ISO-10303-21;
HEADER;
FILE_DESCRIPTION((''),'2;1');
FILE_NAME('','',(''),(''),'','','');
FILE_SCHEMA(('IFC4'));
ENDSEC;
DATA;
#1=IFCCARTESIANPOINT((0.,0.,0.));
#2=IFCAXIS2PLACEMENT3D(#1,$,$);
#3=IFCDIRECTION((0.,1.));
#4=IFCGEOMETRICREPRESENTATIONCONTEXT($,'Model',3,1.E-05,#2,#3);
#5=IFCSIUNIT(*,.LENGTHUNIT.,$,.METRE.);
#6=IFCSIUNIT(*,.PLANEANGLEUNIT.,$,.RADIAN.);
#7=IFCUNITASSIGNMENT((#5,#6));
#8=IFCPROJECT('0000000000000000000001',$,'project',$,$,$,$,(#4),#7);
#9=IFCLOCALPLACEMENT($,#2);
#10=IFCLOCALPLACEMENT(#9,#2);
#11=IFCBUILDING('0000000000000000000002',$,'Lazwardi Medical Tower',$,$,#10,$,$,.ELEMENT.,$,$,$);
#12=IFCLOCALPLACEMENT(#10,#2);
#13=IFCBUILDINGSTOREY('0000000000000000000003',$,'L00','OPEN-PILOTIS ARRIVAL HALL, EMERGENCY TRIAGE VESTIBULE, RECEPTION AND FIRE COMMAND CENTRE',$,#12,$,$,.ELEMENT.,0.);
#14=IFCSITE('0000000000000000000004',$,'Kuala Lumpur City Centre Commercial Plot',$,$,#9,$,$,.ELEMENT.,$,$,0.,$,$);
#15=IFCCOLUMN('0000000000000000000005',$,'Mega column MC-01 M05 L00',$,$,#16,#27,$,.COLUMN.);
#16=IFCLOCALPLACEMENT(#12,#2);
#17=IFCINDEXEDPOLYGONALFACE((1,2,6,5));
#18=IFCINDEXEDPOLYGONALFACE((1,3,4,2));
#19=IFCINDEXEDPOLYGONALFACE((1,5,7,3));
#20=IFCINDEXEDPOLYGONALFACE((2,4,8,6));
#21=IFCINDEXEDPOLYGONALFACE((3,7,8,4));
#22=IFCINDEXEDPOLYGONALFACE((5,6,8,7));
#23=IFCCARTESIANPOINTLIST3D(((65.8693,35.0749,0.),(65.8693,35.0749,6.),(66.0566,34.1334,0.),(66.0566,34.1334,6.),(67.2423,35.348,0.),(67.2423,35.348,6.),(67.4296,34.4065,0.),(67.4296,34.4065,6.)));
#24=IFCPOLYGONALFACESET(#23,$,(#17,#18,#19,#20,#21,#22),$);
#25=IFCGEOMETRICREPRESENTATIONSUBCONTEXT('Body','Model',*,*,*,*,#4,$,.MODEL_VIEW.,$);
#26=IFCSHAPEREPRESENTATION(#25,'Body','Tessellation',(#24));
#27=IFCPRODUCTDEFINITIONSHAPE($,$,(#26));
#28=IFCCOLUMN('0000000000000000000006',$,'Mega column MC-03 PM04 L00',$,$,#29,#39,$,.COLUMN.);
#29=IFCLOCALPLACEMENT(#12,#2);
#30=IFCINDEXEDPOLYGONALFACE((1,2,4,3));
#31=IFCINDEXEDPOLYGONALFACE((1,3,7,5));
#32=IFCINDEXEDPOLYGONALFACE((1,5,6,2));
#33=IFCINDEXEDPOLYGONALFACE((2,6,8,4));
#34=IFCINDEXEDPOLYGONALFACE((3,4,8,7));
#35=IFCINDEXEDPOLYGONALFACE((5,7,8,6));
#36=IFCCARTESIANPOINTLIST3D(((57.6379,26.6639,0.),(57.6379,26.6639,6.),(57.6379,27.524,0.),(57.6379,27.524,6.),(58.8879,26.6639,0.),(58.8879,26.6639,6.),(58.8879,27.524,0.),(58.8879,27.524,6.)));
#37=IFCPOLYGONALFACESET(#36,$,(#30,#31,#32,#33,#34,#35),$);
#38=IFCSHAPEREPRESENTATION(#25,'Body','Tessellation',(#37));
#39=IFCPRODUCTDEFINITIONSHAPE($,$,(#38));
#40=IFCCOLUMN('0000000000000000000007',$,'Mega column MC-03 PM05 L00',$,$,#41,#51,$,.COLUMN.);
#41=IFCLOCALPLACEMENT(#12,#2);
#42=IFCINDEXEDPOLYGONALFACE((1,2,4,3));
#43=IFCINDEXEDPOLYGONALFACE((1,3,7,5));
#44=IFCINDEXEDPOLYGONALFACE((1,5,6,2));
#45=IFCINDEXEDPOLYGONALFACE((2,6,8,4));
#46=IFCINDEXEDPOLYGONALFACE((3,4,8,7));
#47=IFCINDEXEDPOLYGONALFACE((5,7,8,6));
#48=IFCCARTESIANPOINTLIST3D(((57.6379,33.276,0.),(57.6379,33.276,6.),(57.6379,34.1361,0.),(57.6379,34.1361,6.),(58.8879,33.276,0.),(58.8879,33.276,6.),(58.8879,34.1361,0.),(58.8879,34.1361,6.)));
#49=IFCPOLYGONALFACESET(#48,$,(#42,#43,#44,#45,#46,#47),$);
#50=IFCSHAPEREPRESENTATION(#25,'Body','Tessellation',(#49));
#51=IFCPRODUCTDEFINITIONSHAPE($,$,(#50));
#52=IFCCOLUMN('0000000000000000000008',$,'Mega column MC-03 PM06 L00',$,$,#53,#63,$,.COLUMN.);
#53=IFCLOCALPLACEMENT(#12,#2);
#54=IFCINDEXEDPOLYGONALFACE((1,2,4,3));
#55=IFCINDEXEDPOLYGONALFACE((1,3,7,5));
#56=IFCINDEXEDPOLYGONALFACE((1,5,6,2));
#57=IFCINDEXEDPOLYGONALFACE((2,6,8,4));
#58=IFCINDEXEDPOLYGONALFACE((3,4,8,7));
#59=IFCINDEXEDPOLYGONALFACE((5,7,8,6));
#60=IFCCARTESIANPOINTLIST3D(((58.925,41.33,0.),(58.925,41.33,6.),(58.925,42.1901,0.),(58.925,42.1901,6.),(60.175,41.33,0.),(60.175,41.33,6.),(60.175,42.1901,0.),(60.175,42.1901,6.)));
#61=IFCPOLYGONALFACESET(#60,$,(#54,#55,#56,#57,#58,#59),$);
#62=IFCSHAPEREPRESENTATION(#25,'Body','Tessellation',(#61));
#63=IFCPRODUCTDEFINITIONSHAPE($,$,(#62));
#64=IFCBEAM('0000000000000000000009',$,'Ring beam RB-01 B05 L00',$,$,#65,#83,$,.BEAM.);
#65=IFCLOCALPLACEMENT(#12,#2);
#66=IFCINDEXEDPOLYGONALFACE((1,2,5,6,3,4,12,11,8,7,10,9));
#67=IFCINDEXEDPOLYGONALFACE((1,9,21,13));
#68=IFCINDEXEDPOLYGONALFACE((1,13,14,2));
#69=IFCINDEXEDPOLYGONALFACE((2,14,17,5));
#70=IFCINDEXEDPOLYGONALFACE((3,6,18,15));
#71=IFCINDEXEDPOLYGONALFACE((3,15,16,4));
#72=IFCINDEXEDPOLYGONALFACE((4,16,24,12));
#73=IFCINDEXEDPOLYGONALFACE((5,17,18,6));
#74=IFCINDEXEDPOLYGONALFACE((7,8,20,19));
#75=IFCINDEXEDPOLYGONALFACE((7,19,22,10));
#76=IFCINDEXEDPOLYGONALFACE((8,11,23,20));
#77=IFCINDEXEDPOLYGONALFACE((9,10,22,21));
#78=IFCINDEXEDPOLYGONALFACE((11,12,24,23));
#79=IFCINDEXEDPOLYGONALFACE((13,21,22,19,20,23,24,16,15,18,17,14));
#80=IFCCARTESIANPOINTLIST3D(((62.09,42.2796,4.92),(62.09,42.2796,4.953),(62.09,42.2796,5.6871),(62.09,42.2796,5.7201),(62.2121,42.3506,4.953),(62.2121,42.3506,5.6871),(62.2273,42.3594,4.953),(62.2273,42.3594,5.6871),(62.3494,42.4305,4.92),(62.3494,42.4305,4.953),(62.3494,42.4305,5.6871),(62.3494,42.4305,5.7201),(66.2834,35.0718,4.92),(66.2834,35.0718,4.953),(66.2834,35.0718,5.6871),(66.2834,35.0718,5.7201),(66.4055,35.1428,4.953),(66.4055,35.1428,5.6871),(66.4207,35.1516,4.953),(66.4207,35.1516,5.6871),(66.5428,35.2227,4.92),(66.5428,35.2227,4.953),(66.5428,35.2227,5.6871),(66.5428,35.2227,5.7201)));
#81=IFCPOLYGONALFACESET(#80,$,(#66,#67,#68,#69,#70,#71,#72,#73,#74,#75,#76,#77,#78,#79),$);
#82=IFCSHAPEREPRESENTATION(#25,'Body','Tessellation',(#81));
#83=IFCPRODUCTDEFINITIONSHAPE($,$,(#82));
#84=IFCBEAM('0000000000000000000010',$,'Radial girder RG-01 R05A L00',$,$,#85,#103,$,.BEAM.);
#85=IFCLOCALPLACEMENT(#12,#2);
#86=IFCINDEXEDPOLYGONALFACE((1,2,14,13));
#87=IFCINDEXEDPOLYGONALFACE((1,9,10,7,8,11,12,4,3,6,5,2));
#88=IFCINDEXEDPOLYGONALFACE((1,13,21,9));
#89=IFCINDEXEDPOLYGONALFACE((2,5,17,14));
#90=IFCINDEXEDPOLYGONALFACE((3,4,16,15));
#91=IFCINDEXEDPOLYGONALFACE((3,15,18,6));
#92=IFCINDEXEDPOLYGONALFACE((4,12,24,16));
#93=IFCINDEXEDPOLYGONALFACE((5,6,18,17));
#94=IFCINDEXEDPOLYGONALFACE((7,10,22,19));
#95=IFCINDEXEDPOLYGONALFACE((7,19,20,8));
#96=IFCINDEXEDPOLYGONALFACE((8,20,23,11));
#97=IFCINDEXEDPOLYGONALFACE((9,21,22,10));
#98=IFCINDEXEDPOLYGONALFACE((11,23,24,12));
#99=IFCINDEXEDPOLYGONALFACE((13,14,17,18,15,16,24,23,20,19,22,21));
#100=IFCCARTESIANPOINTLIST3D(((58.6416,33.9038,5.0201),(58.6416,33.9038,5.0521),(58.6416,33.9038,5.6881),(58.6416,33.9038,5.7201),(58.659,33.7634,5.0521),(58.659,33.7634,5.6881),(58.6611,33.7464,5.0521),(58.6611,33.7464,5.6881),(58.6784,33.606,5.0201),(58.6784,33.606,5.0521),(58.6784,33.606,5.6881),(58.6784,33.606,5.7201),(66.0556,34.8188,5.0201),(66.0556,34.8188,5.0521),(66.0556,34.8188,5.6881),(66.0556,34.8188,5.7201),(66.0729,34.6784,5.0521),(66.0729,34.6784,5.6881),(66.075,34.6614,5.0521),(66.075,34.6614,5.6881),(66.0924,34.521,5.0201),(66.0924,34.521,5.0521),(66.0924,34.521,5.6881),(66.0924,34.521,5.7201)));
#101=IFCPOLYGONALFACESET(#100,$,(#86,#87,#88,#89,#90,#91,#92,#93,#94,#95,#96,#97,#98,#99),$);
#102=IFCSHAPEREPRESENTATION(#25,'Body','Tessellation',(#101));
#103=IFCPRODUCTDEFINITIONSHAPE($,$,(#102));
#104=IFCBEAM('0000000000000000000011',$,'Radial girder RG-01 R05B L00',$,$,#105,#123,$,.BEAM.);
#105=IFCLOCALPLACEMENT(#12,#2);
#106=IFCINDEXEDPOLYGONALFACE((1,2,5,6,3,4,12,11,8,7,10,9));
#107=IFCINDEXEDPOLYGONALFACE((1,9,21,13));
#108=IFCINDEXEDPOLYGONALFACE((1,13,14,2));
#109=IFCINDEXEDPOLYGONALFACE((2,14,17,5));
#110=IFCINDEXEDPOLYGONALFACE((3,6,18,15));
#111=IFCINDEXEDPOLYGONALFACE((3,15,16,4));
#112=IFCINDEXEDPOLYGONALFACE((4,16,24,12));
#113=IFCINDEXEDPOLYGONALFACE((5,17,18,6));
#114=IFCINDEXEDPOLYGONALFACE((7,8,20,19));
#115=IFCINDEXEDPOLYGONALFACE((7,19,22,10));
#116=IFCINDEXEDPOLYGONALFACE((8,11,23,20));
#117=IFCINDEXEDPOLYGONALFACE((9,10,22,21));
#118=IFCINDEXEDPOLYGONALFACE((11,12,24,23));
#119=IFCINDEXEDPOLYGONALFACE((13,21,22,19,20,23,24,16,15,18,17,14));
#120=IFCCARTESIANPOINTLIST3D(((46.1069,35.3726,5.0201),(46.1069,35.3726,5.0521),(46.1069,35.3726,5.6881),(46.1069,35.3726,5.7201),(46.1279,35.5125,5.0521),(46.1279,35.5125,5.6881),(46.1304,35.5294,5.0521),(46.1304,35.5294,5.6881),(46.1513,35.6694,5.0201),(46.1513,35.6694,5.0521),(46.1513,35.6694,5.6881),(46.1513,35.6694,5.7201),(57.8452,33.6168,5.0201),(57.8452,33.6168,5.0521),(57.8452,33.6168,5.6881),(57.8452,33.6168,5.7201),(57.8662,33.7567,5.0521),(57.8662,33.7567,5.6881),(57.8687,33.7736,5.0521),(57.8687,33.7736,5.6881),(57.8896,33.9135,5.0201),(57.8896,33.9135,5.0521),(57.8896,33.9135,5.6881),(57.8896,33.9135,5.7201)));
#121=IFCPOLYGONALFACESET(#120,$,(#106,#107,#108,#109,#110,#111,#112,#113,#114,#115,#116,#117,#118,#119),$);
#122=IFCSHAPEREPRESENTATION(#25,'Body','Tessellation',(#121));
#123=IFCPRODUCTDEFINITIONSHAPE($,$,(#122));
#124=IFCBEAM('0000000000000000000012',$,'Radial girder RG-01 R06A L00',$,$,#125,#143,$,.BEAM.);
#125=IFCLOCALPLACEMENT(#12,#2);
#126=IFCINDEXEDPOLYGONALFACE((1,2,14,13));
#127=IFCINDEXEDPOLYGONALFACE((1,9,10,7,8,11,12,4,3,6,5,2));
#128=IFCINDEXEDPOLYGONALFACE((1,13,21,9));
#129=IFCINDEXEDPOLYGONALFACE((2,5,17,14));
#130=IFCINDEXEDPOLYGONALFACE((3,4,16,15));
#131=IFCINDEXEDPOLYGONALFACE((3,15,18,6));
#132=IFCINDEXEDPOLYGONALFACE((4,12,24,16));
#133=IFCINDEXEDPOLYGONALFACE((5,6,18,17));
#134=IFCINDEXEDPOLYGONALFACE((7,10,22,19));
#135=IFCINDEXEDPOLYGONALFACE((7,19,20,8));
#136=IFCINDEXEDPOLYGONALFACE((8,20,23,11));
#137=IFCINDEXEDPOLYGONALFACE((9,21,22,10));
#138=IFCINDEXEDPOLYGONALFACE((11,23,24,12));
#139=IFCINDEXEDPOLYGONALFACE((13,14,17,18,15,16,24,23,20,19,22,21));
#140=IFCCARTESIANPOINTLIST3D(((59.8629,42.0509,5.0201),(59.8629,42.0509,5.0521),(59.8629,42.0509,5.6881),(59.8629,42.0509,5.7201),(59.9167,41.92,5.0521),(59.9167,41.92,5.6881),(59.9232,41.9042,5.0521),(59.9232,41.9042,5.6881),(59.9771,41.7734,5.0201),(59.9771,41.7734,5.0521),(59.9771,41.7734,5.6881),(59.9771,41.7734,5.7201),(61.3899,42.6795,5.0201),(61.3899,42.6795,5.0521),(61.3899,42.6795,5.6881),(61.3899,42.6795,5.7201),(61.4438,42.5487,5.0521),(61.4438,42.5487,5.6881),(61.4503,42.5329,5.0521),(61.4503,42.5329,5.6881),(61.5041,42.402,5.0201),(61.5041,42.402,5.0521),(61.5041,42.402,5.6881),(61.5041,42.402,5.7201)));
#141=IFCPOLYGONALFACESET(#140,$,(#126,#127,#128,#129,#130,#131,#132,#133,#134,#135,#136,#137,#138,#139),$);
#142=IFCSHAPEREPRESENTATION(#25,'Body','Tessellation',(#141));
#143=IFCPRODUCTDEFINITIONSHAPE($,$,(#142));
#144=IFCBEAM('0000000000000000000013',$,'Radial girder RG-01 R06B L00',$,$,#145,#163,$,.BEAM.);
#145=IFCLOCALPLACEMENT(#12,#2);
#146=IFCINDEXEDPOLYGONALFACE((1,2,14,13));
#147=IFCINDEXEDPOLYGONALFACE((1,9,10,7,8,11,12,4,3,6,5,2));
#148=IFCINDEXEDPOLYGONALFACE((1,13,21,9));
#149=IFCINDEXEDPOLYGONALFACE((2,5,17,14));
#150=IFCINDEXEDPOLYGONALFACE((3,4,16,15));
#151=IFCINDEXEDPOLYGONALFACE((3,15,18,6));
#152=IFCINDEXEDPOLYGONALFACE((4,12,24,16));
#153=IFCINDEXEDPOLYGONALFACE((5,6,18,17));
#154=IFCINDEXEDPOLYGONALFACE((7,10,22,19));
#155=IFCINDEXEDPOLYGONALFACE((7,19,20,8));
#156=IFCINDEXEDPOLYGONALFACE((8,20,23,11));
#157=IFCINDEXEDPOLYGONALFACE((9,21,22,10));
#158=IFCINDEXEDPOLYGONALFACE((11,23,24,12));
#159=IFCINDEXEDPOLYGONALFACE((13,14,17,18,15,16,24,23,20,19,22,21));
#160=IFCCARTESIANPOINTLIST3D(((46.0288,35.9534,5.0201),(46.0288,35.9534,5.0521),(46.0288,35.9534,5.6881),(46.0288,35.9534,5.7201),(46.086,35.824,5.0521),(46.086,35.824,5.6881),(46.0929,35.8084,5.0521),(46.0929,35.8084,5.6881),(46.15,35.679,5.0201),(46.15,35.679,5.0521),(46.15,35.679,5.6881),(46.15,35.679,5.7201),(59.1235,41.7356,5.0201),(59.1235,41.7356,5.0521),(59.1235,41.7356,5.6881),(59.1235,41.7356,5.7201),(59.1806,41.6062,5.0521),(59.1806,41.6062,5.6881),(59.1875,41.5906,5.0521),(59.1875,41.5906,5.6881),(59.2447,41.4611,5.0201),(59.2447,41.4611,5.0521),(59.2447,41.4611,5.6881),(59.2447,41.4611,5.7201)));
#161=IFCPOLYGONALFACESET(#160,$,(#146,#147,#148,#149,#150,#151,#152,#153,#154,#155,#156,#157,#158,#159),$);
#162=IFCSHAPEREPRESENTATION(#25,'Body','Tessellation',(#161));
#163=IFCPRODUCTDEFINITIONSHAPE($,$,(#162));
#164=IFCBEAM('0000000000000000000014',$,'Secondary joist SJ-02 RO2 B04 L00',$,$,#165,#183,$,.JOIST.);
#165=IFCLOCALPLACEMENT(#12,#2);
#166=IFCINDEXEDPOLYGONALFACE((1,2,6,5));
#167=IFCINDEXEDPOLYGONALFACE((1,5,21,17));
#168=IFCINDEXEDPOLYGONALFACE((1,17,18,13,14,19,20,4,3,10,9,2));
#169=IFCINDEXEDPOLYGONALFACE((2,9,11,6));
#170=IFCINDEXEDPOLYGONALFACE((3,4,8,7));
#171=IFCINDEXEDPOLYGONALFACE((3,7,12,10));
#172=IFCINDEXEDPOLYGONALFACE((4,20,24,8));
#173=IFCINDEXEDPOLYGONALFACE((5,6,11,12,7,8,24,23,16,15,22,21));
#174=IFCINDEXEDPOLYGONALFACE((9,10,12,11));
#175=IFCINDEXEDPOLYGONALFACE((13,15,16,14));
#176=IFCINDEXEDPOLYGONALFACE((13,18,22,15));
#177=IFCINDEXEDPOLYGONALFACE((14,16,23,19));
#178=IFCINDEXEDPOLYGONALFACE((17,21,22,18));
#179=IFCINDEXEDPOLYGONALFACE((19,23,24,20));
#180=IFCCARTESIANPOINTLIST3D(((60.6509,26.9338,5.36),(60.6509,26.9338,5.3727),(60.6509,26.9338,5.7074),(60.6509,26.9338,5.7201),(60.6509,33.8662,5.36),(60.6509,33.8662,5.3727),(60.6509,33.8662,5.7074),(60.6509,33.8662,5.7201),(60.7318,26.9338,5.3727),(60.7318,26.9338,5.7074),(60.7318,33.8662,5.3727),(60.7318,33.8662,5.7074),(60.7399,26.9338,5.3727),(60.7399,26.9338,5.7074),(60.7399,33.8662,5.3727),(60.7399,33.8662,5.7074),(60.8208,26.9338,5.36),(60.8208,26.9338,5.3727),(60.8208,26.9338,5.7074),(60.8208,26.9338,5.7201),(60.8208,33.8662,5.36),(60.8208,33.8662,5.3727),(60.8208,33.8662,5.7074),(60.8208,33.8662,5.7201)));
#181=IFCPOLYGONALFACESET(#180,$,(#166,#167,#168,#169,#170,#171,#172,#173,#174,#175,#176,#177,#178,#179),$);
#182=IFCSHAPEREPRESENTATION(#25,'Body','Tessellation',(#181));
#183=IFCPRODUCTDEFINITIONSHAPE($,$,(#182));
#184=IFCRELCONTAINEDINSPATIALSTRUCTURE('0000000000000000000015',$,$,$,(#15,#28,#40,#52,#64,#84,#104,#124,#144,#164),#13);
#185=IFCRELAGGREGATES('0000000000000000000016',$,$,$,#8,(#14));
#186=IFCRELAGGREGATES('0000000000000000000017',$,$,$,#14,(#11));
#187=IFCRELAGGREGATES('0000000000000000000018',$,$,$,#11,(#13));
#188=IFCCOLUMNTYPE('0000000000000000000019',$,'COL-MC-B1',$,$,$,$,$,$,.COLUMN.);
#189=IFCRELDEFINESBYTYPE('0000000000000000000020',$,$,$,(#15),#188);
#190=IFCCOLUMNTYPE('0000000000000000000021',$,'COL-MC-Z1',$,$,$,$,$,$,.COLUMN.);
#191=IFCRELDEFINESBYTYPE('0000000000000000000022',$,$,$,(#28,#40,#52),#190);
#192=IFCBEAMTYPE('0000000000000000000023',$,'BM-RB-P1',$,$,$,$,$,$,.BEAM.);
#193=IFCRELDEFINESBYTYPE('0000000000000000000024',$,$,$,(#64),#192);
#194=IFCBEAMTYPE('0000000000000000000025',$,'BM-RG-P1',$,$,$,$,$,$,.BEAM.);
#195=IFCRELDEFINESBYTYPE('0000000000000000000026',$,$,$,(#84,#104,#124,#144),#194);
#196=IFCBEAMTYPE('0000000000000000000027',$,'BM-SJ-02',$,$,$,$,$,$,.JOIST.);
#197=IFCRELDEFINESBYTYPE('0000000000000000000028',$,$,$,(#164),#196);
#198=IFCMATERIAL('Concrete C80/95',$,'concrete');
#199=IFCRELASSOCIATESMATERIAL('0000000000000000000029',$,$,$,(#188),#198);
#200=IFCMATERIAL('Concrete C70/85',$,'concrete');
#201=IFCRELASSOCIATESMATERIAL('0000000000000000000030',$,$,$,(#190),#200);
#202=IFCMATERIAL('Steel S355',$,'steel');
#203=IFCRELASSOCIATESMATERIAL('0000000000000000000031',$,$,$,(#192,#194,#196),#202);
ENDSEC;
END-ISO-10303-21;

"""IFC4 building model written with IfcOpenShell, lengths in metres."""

from ifc_helpers import new_model, si_unit, direction, frame, origin, origin_2d, place, context, subcontext, project, spatial, rectangle, i_section, extrude, material, material_profile, profile_set, type_object, element, save


model = new_model("IFC4")

# Units and contexts
model_context = context("Model", 3, precision=1e-05, world=origin(), true_north=direction((0.0, 1.0)))
body_context = subcontext(model_context, "Body", "Model", "MODEL_VIEW")
ifc_project = project(units=[si_unit("LENGTHUNIT", "METRE"), si_unit("PLANEANGLEUNIT", "RADIAN")], contexts=[model_context])

# Site, building, storey
site_placement = place(None, origin())
site = spatial("IfcSite", under=ifc_project, at=site_placement, Name="Kuala Lumpur City Centre Commercial Plot", CompositionType="ELEMENT", RefElevation=0.0)
building_placement = place(site_placement, origin())
building = spatial("IfcBuilding", under=site, at=building_placement, Name="Lazwardi Medical Tower", CompositionType="ELEMENT")
storey_placement = place(building_placement, origin())
storey = spatial("IfcBuildingStorey", under=building, at=storey_placement, Name="L00", Description="OPEN-PILOTIS ARRIVAL HALL, EMERGENCY TRIAGE VESTIBULE, RECEPTION AND FIRE COMMAND CENTRE", CompositionType="ELEMENT", Elevation=0.0)

# Columns
ifc_material_1 = material(Name="Concrete C80/95", Category="concrete")
ifc_material_profile_1 = material_profile(ifc_material_1, rectangle(XDim=1.3999, YDim=0.96, at=origin_2d()), Name="CFT-RECT 1400x960")
ifc_profile_set_1 = profile_set([ifc_material_profile_1], Name="Concrete C80/95")
column_type_1 = type_object("IfcColumnType", Name="COL-MC-B1", PredefinedType="COLUMN", material=ifc_profile_set_1)
column_placement = place(storey_placement, frame((66.6494, 34.7407, 0.0), z_axis=(0.0, 0.0, 1.0), x_axis=(0.980785, 0.19509, 0.0)))
element("IfcColumn", 1, at=column_placement, inside=storey, type_object=column_type_1, Name="Mega column MC-01 M05 L00", PredefinedType="COLUMN", context=body_context, shape_type="SweptSolid", body=[
    extrude(rectangle(XDim=1.3999, YDim=0.96, at=origin_2d()), origin(), (0.0, 0.0, 1.0), 6.0),
])
ifc_material_2 = material(Name="Concrete C70/85", Category="concrete")
ifc_material_profile_2 = material_profile(ifc_material_2, rectangle(XDim=1.25, YDim=0.8601, at=origin_2d()), Name="CFT-RECT 1250x860")
ifc_profile_set_2 = profile_set([ifc_material_profile_2], Name="Concrete C70/85")
column_type_2 = type_object("IfcColumnType", Name="COL-MC-Z1", PredefinedType="COLUMN", material=ifc_profile_set_2)
for number, where, z_axis, x_axis, name in (
    (2, (58.2629, 27.094, 0.0), (0.0, 0.0, 1.0), (1.0, 0.0, 0.0), "Mega column MC-03 PM04 L00"),
    (3, (58.2629, 33.7061, 0.0), (0.0, 0.0, 1.0), (1.0, 0.0, 0.0), "Mega column MC-03 PM05 L00"),
    (4, (59.55, 41.76, 0.0), (0.0, 0.0, 1.0), (1.0, 0.0, 0.0), "Mega column MC-03 PM06 L00"),
):
    element("IfcColumn", number, at=place(storey_placement, frame(where, z_axis=z_axis, x_axis=x_axis)), inside=storey, type_object=column_type_2, Name=name, PredefinedType="COLUMN", context=body_context, shape_type="SweptSolid", body=[
        extrude(rectangle(XDim=1.25, YDim=0.8601, at=origin_2d()), origin(), (0.0, 0.0, 1.0), 6.0),
    ])

# Beams
ifc_material_3 = material(Name="Steel S355", Category="steel")
ifc_material_profile_3 = material_profile(ifc_material_3, i_section(OverallWidth=0.3, OverallDepth=0.8, WebThickness=0.0176, FlangeThickness=0.033, at=origin_2d()), Name="HEB 800")
ifc_profile_set_3 = profile_set([ifc_material_profile_3], Name="Steel S355")
beam_type_1 = type_object("IfcBeamType", Name="BM-RB-P1", PredefinedType="BEAM", material=ifc_profile_set_3)
beam_1_placement = place(storey_placement, frame((66.4131, 35.1472, 5.3201), z_axis=(-0.502871, 0.864361, 0.0), x_axis=(-0.864361, -0.502871, 0.0)))
element("IfcBeam", 5, at=beam_1_placement, inside=storey, type_object=beam_type_1, Name="Ring beam RB-01 B05 L00", PredefinedType="BEAM", context=body_context, shape_type="SweptSolid", body=[
    extrude(i_section(OverallWidth=0.3, OverallDepth=0.8, WebThickness=0.0176, FlangeThickness=0.033, at=origin_2d()), origin(), (0.0, 0.0, 1.0), 8.3389),
])
ifc_material_profile_4 = material_profile(ifc_material_3, i_section(OverallWidth=0.3, OverallDepth=0.7, WebThickness=0.0171, FlangeThickness=0.032, at=origin_2d()), Name="HEB 700")
ifc_profile_set_4 = profile_set([ifc_material_profile_4], Name="Steel S355")
beam_type_2 = type_object("IfcBeamType", Name="BM-RG-P1", PredefinedType="BEAM", material=ifc_profile_set_4)
beam_2_placement = place(storey_placement, frame((66.074, 34.6699, 5.3701), z_axis=(-0.99247, -0.12249, 0.0), x_axis=(0.12249, -0.99247, 0.0)))
element("IfcBeam", 6, at=beam_2_placement, inside=storey, type_object=beam_type_2, Name="Radial girder RG-01 R05A L00", PredefinedType="BEAM", context=body_context, shape_type="SweptSolid", body=[
    extrude(i_section(OverallWidth=0.3, OverallDepth=0.7, WebThickness=0.0171, FlangeThickness=0.032, at=origin_2d()), origin(), (0.0, 0.0, 1.0), 7.4702),
])
beam_3_placement = place(storey_placement, frame((57.8674, 33.7651, 5.3701), z_axis=(-0.988997, 0.147938, 0.0), x_axis=(-0.147938, -0.988997, 0.0)))
element("IfcBeam", 7, at=beam_3_placement, inside=storey, type_object=beam_type_2, Name="Radial girder RG-01 R05B L00", PredefinedType="BEAM", context=body_context, shape_type="SweptSolid", body=[
    extrude(i_section(OverallWidth=0.3, OverallDepth=0.7, WebThickness=0.0171, FlangeThickness=0.032, at=origin_2d()), origin(), (0.0, 0.0, 1.0), 11.8689),
])
beam_4_placement = place(storey_placement, frame((61.447, 42.5408, 5.3701), z_axis=(-0.924709, -0.380675, 0.0), x_axis=(0.380675, -0.924709, 0.0)))
element("IfcBeam", 8, at=beam_4_placement, inside=storey, type_object=beam_type_2, Name="Radial girder RG-01 R06A L00", PredefinedType="BEAM", context=body_context, shape_type="SweptSolid", body=[
    extrude(i_section(OverallWidth=0.3, OverallDepth=0.7, WebThickness=0.0171, FlangeThickness=0.032, at=origin_2d()), origin(), (0.0, 0.0, 1.0), 1.6514),
])
beam_5_placement = place(storey_placement, frame((59.1841, 41.5984, 5.3701), z_axis=(-0.914785, -0.403941, 0.0), x_axis=(0.403941, -0.914785, 0.0)))
element("IfcBeam", 9, at=beam_5_placement, inside=storey, type_object=beam_type_2, Name="Radial girder RG-01 R06B L00", PredefinedType="BEAM", context=body_context, shape_type="SweptSolid", body=[
    extrude(i_section(OverallWidth=0.3, OverallDepth=0.7, WebThickness=0.0171, FlangeThickness=0.032, at=origin_2d()), origin(), (0.0, 0.0, 1.0), 14.3145),
])
ifc_material_profile_5 = material_profile(ifc_material_3, i_section(OverallWidth=0.1699, OverallDepth=0.3601, WebThickness=0.0081, FlangeThickness=0.0127, at=origin_2d()), Name="IPE 360")
ifc_profile_set_5 = profile_set([ifc_material_profile_5], Name="Steel S355")
beam_type_3 = type_object("IfcBeamType", Name="BM-SJ-02", PredefinedType="JOIST", material=ifc_profile_set_5)
beam_6_placement = place(storey_placement, frame((60.7358, 26.9338, 5.54), z_axis=(0.0, 1.0, 0.0), x_axis=(-1.0, 0.0, 0.0)))
element("IfcBeam", 10, at=beam_6_placement, inside=storey, type_object=beam_type_3, Name="Secondary joist SJ-02 RO2 B04 L00", PredefinedType="JOIST", context=body_context, shape_type="SweptSolid", body=[
    extrude(i_section(OverallWidth=0.1699, OverallDepth=0.3601, WebThickness=0.0081, FlangeThickness=0.0127, at=origin_2d()), origin(), (0.0, 0.0, 1.0), 6.9324),
])

save(model, "model.ifc")
